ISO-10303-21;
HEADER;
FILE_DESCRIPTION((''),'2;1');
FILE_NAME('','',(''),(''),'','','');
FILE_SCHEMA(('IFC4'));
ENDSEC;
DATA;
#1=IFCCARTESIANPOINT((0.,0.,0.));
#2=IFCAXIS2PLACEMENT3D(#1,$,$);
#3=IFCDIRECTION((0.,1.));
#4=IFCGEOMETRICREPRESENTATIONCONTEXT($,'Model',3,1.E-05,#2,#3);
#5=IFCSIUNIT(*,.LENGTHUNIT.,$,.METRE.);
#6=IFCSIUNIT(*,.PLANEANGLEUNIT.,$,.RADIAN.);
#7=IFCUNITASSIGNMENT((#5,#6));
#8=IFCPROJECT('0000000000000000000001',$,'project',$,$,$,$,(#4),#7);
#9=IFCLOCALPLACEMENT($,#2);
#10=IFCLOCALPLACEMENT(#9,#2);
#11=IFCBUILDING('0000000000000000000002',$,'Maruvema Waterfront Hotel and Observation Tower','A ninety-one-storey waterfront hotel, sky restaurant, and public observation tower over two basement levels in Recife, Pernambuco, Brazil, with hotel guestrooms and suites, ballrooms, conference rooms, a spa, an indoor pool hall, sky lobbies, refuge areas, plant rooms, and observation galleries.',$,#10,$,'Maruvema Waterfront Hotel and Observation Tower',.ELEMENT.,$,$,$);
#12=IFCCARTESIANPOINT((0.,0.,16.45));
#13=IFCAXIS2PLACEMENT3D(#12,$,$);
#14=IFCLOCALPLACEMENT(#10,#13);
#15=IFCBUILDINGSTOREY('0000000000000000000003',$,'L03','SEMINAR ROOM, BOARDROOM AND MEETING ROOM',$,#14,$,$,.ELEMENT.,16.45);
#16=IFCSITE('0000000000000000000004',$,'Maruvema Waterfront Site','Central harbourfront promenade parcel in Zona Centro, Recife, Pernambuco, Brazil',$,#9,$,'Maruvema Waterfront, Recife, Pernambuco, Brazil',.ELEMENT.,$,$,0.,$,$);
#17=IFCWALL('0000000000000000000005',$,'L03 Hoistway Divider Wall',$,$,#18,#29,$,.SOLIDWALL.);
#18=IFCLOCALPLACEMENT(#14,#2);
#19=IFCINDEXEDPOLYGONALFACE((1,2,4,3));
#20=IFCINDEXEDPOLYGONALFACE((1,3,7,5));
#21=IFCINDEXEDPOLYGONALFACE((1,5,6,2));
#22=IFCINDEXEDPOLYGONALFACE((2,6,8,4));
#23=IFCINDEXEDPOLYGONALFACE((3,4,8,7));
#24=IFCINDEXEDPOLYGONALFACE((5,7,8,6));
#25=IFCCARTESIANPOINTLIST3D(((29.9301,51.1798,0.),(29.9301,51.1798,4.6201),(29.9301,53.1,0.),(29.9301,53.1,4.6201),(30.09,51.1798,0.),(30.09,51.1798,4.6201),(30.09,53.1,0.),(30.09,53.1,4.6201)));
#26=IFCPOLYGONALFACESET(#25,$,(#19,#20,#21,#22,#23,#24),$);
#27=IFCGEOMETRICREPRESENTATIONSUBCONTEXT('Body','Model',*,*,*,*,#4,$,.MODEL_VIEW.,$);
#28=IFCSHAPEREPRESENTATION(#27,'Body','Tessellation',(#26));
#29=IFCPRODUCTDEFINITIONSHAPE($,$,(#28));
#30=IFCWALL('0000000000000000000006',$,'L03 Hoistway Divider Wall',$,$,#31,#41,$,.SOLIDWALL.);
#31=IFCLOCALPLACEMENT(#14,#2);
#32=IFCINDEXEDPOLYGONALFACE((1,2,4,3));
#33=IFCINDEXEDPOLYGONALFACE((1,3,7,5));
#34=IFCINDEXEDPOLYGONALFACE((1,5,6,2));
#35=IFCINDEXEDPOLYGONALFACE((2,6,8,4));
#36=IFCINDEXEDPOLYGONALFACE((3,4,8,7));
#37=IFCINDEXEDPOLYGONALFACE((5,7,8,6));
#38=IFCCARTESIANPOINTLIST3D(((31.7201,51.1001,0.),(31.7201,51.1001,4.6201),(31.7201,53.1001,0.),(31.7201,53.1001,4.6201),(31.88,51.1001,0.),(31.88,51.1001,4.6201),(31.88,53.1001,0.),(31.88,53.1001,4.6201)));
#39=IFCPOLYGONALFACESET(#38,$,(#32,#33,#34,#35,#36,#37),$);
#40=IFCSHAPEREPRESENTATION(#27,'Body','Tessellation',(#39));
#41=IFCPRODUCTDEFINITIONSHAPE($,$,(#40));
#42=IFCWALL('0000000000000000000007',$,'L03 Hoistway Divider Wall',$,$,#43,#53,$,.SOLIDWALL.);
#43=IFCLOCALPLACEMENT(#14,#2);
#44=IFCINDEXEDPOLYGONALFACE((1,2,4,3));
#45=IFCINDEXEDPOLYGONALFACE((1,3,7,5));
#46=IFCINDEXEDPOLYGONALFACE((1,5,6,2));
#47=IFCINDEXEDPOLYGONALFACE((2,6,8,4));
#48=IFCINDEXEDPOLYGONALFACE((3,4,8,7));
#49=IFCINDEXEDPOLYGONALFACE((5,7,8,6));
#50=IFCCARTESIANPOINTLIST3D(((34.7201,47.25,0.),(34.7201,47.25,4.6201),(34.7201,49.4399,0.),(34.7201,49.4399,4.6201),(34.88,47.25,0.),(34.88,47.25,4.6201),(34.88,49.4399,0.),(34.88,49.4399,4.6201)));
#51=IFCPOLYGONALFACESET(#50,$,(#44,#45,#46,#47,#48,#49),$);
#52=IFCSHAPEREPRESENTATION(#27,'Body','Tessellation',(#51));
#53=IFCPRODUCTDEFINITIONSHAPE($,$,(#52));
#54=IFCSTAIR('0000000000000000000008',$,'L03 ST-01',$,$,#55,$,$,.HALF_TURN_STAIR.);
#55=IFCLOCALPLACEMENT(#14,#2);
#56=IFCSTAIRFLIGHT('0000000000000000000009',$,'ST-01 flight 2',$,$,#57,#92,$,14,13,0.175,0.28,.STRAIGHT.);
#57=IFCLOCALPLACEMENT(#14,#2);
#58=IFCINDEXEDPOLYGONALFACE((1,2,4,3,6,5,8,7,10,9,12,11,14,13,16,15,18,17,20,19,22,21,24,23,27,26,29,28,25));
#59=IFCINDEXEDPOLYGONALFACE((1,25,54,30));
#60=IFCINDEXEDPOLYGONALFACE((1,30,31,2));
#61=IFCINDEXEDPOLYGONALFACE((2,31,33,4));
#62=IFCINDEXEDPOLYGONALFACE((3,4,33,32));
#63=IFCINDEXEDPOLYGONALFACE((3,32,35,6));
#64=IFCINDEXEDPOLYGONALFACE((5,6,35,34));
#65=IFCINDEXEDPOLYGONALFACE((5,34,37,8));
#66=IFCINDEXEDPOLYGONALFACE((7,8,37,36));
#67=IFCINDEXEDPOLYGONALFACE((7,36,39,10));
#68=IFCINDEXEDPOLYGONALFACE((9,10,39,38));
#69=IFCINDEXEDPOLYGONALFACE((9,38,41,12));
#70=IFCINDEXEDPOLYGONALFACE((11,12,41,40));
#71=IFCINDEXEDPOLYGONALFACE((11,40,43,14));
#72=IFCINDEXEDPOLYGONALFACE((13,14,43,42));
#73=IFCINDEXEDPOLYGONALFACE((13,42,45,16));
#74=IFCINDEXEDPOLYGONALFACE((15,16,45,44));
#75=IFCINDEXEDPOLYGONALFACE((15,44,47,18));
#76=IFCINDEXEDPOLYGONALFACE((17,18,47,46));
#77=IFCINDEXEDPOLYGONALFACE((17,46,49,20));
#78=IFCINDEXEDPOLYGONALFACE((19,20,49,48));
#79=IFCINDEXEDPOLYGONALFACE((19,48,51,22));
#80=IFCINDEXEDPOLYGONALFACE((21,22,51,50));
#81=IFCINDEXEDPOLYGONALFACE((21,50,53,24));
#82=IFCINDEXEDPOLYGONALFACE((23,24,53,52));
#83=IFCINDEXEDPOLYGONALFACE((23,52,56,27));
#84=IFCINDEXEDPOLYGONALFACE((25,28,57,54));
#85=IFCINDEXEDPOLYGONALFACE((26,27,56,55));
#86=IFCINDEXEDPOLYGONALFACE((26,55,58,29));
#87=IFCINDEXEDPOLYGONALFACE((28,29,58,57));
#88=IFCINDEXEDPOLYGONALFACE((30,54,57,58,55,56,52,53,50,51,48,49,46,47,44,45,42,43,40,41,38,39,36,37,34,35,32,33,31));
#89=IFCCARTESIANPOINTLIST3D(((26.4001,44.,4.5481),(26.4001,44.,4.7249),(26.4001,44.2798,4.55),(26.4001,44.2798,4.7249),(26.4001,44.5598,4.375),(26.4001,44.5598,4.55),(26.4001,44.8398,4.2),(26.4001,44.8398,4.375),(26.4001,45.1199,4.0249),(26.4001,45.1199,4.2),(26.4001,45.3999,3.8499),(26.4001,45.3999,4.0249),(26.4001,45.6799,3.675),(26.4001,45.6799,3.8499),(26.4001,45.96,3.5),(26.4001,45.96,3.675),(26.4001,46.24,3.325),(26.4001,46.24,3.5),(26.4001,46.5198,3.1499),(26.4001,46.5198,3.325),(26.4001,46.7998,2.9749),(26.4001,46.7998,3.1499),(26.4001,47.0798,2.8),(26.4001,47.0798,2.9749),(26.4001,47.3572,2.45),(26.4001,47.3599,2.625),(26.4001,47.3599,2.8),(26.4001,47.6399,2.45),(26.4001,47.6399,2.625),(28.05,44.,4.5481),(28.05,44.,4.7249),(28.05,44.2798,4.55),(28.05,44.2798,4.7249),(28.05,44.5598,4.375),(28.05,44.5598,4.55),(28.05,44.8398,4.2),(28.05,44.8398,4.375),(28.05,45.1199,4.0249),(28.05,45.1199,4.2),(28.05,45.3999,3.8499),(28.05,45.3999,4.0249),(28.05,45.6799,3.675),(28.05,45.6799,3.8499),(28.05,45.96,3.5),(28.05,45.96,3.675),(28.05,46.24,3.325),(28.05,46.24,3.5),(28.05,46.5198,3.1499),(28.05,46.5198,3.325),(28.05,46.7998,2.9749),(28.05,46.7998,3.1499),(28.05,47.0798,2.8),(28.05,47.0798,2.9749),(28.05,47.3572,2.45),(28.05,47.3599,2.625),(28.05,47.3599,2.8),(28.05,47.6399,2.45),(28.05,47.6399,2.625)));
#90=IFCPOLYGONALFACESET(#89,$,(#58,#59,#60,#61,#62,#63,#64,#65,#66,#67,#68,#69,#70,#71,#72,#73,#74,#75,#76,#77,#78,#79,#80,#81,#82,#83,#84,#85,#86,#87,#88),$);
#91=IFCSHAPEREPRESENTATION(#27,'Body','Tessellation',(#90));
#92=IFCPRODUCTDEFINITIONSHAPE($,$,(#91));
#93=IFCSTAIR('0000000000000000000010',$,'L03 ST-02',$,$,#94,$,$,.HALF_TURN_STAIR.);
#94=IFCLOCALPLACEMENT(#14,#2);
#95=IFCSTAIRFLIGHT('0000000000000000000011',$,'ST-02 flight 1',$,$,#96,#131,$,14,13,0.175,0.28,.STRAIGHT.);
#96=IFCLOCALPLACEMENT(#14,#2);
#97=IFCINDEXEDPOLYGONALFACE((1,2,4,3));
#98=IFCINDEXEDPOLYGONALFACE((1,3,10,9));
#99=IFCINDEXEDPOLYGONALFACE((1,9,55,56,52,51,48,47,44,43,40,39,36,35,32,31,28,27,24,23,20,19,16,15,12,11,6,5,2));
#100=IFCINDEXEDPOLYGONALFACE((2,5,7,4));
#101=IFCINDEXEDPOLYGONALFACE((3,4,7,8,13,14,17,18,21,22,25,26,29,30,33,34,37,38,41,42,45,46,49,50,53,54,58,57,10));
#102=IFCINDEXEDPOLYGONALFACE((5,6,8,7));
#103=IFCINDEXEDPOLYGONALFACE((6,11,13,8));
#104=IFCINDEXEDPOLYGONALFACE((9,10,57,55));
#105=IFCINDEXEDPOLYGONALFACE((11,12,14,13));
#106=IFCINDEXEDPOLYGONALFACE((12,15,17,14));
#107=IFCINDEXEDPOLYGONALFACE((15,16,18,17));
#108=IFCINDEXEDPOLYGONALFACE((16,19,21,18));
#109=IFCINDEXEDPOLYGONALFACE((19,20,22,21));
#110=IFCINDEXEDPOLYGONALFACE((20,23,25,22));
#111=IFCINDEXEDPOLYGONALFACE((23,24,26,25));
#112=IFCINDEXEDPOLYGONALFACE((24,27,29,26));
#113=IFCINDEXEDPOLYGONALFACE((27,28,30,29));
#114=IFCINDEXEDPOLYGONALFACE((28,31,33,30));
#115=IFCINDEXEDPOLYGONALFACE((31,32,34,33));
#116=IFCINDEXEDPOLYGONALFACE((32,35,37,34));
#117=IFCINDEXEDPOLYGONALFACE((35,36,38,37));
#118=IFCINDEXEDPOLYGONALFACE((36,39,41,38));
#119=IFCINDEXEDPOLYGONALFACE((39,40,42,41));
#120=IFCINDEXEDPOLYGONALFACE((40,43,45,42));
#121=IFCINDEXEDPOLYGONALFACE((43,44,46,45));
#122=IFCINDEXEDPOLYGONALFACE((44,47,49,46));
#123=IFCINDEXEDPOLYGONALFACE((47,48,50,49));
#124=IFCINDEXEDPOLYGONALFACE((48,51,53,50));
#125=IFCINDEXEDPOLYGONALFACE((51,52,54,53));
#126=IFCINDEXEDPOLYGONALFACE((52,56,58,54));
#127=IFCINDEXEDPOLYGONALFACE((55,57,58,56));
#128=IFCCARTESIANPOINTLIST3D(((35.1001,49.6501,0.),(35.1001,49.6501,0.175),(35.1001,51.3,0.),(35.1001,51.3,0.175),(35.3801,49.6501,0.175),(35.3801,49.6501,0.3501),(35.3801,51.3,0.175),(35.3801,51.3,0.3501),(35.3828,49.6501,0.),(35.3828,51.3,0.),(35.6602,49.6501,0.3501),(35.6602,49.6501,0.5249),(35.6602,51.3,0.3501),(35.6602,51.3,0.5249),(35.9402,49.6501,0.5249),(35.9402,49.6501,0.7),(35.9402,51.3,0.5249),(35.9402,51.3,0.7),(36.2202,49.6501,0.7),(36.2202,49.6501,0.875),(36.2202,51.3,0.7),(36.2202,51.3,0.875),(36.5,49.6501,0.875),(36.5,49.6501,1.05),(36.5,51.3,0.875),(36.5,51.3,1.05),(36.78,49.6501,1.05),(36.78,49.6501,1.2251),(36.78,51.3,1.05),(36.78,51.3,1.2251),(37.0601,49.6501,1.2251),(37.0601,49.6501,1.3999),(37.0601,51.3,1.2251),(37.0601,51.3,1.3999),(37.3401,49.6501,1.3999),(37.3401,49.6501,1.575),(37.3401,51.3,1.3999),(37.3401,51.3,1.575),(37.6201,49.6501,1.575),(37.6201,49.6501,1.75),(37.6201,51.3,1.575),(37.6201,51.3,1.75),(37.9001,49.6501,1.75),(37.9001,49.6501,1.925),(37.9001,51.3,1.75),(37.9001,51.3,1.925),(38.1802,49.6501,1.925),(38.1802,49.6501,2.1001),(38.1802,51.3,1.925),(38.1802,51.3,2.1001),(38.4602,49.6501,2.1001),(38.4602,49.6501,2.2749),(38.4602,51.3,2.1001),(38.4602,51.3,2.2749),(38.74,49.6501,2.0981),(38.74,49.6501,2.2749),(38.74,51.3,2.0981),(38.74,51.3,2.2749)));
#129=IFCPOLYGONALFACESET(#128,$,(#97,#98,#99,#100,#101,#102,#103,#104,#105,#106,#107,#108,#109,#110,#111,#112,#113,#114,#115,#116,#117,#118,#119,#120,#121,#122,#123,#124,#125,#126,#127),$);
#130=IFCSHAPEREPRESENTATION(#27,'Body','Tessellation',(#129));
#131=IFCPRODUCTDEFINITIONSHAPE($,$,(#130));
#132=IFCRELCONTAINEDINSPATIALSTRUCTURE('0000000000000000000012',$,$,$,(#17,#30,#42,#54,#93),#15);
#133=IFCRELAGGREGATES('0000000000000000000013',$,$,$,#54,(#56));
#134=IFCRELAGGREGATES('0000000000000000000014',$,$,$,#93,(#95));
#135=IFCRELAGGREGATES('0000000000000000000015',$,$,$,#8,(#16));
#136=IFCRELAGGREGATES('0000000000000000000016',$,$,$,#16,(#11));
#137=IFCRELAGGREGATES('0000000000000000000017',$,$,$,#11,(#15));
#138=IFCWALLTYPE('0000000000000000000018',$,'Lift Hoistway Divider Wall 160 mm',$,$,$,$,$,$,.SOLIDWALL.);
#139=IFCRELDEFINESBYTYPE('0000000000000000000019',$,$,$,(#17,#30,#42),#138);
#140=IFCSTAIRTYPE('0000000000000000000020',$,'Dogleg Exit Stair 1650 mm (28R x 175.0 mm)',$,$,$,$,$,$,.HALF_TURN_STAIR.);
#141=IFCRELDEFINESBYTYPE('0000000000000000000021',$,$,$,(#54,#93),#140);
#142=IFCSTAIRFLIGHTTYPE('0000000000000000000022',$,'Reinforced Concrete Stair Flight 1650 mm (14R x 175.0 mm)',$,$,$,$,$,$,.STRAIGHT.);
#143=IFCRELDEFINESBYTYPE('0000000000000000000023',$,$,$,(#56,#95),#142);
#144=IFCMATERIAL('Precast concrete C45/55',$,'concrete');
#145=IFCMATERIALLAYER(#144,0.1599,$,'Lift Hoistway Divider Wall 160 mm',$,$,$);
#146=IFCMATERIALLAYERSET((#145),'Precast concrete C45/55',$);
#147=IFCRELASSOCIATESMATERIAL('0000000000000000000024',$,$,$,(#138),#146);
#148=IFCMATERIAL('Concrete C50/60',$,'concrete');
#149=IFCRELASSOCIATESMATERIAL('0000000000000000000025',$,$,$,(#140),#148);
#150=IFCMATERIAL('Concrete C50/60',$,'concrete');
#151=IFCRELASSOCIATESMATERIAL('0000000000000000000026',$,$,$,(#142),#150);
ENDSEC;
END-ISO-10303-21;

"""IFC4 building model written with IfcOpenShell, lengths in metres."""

from ifc_helpers import new_model, si_unit, direction, frame, frame_2d, origin, place, context, subcontext, project, spatial, polyline, rectangle, outline, extrude, material, layer, layer_set, type_object, element, aggregate, save


model = new_model("IFC4")

# Units and contexts
model_context = context("Model", 3, precision=1e-05, world=origin(), true_north=direction((0.0, 1.0)))
body_context = subcontext(model_context, "Body", "Model", "MODEL_VIEW")
ifc_project = project(units=[si_unit("LENGTHUNIT", "METRE"), si_unit("PLANEANGLEUNIT", "RADIAN")], contexts=[model_context])

# Site, building, storey
site_placement = place(None, origin())
site = spatial("IfcSite", under=ifc_project, at=site_placement, Name="Maruvema Waterfront Site", Description="Central harbourfront promenade parcel in Zona Centro, Recife, Pernambuco, Brazil", LongName="Maruvema Waterfront, Recife, Pernambuco, Brazil", CompositionType="ELEMENT", RefElevation=0.0)
building_placement = place(site_placement, origin())
building = spatial("IfcBuilding", under=site, at=building_placement, Name="Maruvema Waterfront Hotel and Observation Tower", Description="A ninety-one-storey waterfront hotel, sky restaurant, and public observation tower over two basement levels in Recife, Pernambuco, Brazil, with hotel guestrooms and suites, ballrooms, conference rooms, a spa, an indoor pool hall, sky lobbies, refuge areas, plant rooms, and observation galleries.", LongName="Maruvema Waterfront Hotel and Observation Tower", CompositionType="ELEMENT")
storey_placement = place(building_placement, frame((0.0, 0.0, 16.45)))
storey = spatial("IfcBuildingStorey", under=building, at=storey_placement, Name="L03", Description="SEMINAR ROOM, BOARDROOM AND MEETING ROOM", CompositionType="ELEMENT", Elevation=16.45)

# Walls
ifc_material_1 = material(Name="Precast concrete C45/55", Category="concrete")
ifc_layer_1 = layer(ifc_material_1, 0.1599, Name="Lift Hoistway Divider Wall 160 mm")
ifc_layer_set_1 = layer_set([ifc_layer_1], Name="Precast concrete C45/55")
wall_type_1 = type_object("IfcWallType", Name="Lift Hoistway Divider Wall 160 mm", PredefinedType="SOLIDWALL", material=ifc_layer_set_1)
wall_1_placement = place(storey_placement, frame((30.01, 51.1799, 0.0), z_axis=(0.0, 0.0, 1.0), x_axis=(0.0, 1.0, 0.0)))
element("IfcWall", 1, at=wall_1_placement, inside=storey, type_object=wall_type_1, Name="L03 Hoistway Divider Wall", PredefinedType="SOLIDWALL", context=body_context, shape_type="SweptSolid", body=[
    extrude(rectangle(XDim=1.9202, YDim=0.1599, at=frame_2d((0.96, 0.0))), origin(), (0.0, 0.0, 1.0), 4.6201),
])
wall_2_placement = place(storey_placement, frame((31.8, 51.1001, 0.0), z_axis=(0.0, 0.0, 1.0), x_axis=(0.0, 1.0, 0.0)))
element("IfcWall", 2, at=wall_2_placement, inside=storey, type_object=wall_type_1, Name="L03 Hoistway Divider Wall", PredefinedType="SOLIDWALL", context=body_context, shape_type="SweptSolid", body=[
    extrude(rectangle(XDim=2.0, YDim=0.1599, at=frame_2d((1.0, 0.0))), origin(), (0.0, 0.0, 1.0), 4.6201),
])
wall_3_placement = place(storey_placement, frame((34.8, 47.25, 0.0), z_axis=(0.0, 0.0, 1.0), x_axis=(0.0, 1.0, 0.0)))
element("IfcWall", 3, at=wall_3_placement, inside=storey, type_object=wall_type_1, Name="L03 Hoistway Divider Wall", PredefinedType="SOLIDWALL", context=body_context, shape_type="SweptSolid", body=[
    extrude(rectangle(XDim=2.1899, YDim=0.1599, at=frame_2d((1.095, 0.0))), origin(), (0.0, 0.0, 1.0), 4.6201),
])

# Stairs, stair flights
ifc_material_2 = material(Name="Concrete C50/60", Category="concrete")
stair_type = type_object("IfcStairType", Name="Dogleg Exit Stair 1650 mm (28R x 175.0 mm)", PredefinedType="HALF_TURN_STAIR", material=ifc_material_2)
stair_1_placement = place(storey_placement, origin())
stair_1 = element("IfcStair", 4, at=stair_1_placement, inside=storey, type_object=stair_type, Name="L03 ST-01", PredefinedType="HALF_TURN_STAIR")
ifc_material_3 = material(Name="Concrete C50/60", Category="concrete")
stair_flight_type = type_object("IfcStairFlightType", Name="Reinforced Concrete Stair Flight 1650 mm (14R x 175.0 mm)", PredefinedType="STRAIGHT", material=ifc_material_3)
stair_flight_1_placement = place(storey_placement, frame((27.2251, 47.6399, 2.45), z_axis=(0.0, 0.0, 1.0), x_axis=(0.0, -1.0, 0.0)))
stair_flight_1 = element("IfcStairFlight", 5, at=stair_flight_1_placement, type_object=stair_flight_type, Name="ST-01 flight 2", NumberOfRisers=14, NumberOfTreads=13, PredefinedType="STRAIGHT", RiserHeight=0.175, TreadLength=0.28, context=body_context, shape_type="SweptSolid", body=[
    extrude(outline(polyline([(0.0, 0.0), (0.0, 0.175), (0.28, 0.175), (0.28, 0.3501), (0.5601, 0.3501), (0.5601, 0.5249), (0.8401, 0.5249), (0.8401, 0.7), (1.1201, 0.7), (1.1201, 0.875), (1.3999, 0.875), (1.3999, 1.05), (1.6799, 1.05), (1.6799, 1.2251), (1.96, 1.2251), (1.96, 1.3999), (2.24, 1.3999), (2.24, 1.575), (2.52, 1.575), (2.52, 1.75), (2.8, 1.75), (2.8, 1.925), (3.0801, 1.925), (3.0801, 2.1001), (3.3601, 2.1001), (3.3601, 2.2749), (3.6399, 2.2749), (3.6399, 2.45), (3.6399, 2.0981), (0.2827, 0.0), (0.0, 0.0)])), frame((0.0, 0.825, 0.0), z_axis=(0.0, -1.0, 0.0), x_axis=(1.0, 0.0, 0.0)), (0.0, 0.0, 1.0), 1.6499),
])
aggregate(stair_1, [stair_flight_1])
stair_2_placement = place(storey_placement, origin())
stair_2 = element("IfcStair", 6, at=stair_2_placement, inside=storey, type_object=stair_type, Name="L03 ST-02", PredefinedType="HALF_TURN_STAIR")
stair_flight_2_placement = place(storey_placement, frame((35.1001, 50.4751, 0.0), z_axis=(0.0, 0.0, 1.0), x_axis=(1.0, 0.0, 0.0)))
stair_flight_2 = element("IfcStairFlight", 7, at=stair_flight_2_placement, type_object=stair_flight_type, Name="ST-02 flight 1", NumberOfRisers=14, NumberOfTreads=13, PredefinedType="STRAIGHT", RiserHeight=0.175, TreadLength=0.28, context=body_context, shape_type="SweptSolid", body=[
    extrude(outline(polyline([(0.0, 0.0), (0.0, 0.175), (0.28, 0.175), (0.28, 0.3501), (0.5601, 0.3501), (0.5601, 0.5249), (0.8401, 0.5249), (0.8401, 0.7), (1.1201, 0.7), (1.1201, 0.875), (1.3999, 0.875), (1.3999, 1.05), (1.6799, 1.05), (1.6799, 1.2251), (1.96, 1.2251), (1.96, 1.3999), (2.24, 1.3999), (2.24, 1.575), (2.52, 1.575), (2.52, 1.75), (2.8, 1.75), (2.8, 1.925), (3.0801, 1.925), (3.0801, 2.1001), (3.3601, 2.1001), (3.3601, 2.2749), (3.6399, 2.2749), (3.6399, 2.45), (3.6399, 2.0981), (0.2827, 0.0), (0.0, 0.0)])), frame((0.0, 0.825, 0.0), z_axis=(0.0, -1.0, 0.0), x_axis=(1.0, 0.0, 0.0)), (0.0, 0.0, 1.0), 1.6499),
])
aggregate(stair_2, [stair_flight_2])

save(model, "model.ifc")
